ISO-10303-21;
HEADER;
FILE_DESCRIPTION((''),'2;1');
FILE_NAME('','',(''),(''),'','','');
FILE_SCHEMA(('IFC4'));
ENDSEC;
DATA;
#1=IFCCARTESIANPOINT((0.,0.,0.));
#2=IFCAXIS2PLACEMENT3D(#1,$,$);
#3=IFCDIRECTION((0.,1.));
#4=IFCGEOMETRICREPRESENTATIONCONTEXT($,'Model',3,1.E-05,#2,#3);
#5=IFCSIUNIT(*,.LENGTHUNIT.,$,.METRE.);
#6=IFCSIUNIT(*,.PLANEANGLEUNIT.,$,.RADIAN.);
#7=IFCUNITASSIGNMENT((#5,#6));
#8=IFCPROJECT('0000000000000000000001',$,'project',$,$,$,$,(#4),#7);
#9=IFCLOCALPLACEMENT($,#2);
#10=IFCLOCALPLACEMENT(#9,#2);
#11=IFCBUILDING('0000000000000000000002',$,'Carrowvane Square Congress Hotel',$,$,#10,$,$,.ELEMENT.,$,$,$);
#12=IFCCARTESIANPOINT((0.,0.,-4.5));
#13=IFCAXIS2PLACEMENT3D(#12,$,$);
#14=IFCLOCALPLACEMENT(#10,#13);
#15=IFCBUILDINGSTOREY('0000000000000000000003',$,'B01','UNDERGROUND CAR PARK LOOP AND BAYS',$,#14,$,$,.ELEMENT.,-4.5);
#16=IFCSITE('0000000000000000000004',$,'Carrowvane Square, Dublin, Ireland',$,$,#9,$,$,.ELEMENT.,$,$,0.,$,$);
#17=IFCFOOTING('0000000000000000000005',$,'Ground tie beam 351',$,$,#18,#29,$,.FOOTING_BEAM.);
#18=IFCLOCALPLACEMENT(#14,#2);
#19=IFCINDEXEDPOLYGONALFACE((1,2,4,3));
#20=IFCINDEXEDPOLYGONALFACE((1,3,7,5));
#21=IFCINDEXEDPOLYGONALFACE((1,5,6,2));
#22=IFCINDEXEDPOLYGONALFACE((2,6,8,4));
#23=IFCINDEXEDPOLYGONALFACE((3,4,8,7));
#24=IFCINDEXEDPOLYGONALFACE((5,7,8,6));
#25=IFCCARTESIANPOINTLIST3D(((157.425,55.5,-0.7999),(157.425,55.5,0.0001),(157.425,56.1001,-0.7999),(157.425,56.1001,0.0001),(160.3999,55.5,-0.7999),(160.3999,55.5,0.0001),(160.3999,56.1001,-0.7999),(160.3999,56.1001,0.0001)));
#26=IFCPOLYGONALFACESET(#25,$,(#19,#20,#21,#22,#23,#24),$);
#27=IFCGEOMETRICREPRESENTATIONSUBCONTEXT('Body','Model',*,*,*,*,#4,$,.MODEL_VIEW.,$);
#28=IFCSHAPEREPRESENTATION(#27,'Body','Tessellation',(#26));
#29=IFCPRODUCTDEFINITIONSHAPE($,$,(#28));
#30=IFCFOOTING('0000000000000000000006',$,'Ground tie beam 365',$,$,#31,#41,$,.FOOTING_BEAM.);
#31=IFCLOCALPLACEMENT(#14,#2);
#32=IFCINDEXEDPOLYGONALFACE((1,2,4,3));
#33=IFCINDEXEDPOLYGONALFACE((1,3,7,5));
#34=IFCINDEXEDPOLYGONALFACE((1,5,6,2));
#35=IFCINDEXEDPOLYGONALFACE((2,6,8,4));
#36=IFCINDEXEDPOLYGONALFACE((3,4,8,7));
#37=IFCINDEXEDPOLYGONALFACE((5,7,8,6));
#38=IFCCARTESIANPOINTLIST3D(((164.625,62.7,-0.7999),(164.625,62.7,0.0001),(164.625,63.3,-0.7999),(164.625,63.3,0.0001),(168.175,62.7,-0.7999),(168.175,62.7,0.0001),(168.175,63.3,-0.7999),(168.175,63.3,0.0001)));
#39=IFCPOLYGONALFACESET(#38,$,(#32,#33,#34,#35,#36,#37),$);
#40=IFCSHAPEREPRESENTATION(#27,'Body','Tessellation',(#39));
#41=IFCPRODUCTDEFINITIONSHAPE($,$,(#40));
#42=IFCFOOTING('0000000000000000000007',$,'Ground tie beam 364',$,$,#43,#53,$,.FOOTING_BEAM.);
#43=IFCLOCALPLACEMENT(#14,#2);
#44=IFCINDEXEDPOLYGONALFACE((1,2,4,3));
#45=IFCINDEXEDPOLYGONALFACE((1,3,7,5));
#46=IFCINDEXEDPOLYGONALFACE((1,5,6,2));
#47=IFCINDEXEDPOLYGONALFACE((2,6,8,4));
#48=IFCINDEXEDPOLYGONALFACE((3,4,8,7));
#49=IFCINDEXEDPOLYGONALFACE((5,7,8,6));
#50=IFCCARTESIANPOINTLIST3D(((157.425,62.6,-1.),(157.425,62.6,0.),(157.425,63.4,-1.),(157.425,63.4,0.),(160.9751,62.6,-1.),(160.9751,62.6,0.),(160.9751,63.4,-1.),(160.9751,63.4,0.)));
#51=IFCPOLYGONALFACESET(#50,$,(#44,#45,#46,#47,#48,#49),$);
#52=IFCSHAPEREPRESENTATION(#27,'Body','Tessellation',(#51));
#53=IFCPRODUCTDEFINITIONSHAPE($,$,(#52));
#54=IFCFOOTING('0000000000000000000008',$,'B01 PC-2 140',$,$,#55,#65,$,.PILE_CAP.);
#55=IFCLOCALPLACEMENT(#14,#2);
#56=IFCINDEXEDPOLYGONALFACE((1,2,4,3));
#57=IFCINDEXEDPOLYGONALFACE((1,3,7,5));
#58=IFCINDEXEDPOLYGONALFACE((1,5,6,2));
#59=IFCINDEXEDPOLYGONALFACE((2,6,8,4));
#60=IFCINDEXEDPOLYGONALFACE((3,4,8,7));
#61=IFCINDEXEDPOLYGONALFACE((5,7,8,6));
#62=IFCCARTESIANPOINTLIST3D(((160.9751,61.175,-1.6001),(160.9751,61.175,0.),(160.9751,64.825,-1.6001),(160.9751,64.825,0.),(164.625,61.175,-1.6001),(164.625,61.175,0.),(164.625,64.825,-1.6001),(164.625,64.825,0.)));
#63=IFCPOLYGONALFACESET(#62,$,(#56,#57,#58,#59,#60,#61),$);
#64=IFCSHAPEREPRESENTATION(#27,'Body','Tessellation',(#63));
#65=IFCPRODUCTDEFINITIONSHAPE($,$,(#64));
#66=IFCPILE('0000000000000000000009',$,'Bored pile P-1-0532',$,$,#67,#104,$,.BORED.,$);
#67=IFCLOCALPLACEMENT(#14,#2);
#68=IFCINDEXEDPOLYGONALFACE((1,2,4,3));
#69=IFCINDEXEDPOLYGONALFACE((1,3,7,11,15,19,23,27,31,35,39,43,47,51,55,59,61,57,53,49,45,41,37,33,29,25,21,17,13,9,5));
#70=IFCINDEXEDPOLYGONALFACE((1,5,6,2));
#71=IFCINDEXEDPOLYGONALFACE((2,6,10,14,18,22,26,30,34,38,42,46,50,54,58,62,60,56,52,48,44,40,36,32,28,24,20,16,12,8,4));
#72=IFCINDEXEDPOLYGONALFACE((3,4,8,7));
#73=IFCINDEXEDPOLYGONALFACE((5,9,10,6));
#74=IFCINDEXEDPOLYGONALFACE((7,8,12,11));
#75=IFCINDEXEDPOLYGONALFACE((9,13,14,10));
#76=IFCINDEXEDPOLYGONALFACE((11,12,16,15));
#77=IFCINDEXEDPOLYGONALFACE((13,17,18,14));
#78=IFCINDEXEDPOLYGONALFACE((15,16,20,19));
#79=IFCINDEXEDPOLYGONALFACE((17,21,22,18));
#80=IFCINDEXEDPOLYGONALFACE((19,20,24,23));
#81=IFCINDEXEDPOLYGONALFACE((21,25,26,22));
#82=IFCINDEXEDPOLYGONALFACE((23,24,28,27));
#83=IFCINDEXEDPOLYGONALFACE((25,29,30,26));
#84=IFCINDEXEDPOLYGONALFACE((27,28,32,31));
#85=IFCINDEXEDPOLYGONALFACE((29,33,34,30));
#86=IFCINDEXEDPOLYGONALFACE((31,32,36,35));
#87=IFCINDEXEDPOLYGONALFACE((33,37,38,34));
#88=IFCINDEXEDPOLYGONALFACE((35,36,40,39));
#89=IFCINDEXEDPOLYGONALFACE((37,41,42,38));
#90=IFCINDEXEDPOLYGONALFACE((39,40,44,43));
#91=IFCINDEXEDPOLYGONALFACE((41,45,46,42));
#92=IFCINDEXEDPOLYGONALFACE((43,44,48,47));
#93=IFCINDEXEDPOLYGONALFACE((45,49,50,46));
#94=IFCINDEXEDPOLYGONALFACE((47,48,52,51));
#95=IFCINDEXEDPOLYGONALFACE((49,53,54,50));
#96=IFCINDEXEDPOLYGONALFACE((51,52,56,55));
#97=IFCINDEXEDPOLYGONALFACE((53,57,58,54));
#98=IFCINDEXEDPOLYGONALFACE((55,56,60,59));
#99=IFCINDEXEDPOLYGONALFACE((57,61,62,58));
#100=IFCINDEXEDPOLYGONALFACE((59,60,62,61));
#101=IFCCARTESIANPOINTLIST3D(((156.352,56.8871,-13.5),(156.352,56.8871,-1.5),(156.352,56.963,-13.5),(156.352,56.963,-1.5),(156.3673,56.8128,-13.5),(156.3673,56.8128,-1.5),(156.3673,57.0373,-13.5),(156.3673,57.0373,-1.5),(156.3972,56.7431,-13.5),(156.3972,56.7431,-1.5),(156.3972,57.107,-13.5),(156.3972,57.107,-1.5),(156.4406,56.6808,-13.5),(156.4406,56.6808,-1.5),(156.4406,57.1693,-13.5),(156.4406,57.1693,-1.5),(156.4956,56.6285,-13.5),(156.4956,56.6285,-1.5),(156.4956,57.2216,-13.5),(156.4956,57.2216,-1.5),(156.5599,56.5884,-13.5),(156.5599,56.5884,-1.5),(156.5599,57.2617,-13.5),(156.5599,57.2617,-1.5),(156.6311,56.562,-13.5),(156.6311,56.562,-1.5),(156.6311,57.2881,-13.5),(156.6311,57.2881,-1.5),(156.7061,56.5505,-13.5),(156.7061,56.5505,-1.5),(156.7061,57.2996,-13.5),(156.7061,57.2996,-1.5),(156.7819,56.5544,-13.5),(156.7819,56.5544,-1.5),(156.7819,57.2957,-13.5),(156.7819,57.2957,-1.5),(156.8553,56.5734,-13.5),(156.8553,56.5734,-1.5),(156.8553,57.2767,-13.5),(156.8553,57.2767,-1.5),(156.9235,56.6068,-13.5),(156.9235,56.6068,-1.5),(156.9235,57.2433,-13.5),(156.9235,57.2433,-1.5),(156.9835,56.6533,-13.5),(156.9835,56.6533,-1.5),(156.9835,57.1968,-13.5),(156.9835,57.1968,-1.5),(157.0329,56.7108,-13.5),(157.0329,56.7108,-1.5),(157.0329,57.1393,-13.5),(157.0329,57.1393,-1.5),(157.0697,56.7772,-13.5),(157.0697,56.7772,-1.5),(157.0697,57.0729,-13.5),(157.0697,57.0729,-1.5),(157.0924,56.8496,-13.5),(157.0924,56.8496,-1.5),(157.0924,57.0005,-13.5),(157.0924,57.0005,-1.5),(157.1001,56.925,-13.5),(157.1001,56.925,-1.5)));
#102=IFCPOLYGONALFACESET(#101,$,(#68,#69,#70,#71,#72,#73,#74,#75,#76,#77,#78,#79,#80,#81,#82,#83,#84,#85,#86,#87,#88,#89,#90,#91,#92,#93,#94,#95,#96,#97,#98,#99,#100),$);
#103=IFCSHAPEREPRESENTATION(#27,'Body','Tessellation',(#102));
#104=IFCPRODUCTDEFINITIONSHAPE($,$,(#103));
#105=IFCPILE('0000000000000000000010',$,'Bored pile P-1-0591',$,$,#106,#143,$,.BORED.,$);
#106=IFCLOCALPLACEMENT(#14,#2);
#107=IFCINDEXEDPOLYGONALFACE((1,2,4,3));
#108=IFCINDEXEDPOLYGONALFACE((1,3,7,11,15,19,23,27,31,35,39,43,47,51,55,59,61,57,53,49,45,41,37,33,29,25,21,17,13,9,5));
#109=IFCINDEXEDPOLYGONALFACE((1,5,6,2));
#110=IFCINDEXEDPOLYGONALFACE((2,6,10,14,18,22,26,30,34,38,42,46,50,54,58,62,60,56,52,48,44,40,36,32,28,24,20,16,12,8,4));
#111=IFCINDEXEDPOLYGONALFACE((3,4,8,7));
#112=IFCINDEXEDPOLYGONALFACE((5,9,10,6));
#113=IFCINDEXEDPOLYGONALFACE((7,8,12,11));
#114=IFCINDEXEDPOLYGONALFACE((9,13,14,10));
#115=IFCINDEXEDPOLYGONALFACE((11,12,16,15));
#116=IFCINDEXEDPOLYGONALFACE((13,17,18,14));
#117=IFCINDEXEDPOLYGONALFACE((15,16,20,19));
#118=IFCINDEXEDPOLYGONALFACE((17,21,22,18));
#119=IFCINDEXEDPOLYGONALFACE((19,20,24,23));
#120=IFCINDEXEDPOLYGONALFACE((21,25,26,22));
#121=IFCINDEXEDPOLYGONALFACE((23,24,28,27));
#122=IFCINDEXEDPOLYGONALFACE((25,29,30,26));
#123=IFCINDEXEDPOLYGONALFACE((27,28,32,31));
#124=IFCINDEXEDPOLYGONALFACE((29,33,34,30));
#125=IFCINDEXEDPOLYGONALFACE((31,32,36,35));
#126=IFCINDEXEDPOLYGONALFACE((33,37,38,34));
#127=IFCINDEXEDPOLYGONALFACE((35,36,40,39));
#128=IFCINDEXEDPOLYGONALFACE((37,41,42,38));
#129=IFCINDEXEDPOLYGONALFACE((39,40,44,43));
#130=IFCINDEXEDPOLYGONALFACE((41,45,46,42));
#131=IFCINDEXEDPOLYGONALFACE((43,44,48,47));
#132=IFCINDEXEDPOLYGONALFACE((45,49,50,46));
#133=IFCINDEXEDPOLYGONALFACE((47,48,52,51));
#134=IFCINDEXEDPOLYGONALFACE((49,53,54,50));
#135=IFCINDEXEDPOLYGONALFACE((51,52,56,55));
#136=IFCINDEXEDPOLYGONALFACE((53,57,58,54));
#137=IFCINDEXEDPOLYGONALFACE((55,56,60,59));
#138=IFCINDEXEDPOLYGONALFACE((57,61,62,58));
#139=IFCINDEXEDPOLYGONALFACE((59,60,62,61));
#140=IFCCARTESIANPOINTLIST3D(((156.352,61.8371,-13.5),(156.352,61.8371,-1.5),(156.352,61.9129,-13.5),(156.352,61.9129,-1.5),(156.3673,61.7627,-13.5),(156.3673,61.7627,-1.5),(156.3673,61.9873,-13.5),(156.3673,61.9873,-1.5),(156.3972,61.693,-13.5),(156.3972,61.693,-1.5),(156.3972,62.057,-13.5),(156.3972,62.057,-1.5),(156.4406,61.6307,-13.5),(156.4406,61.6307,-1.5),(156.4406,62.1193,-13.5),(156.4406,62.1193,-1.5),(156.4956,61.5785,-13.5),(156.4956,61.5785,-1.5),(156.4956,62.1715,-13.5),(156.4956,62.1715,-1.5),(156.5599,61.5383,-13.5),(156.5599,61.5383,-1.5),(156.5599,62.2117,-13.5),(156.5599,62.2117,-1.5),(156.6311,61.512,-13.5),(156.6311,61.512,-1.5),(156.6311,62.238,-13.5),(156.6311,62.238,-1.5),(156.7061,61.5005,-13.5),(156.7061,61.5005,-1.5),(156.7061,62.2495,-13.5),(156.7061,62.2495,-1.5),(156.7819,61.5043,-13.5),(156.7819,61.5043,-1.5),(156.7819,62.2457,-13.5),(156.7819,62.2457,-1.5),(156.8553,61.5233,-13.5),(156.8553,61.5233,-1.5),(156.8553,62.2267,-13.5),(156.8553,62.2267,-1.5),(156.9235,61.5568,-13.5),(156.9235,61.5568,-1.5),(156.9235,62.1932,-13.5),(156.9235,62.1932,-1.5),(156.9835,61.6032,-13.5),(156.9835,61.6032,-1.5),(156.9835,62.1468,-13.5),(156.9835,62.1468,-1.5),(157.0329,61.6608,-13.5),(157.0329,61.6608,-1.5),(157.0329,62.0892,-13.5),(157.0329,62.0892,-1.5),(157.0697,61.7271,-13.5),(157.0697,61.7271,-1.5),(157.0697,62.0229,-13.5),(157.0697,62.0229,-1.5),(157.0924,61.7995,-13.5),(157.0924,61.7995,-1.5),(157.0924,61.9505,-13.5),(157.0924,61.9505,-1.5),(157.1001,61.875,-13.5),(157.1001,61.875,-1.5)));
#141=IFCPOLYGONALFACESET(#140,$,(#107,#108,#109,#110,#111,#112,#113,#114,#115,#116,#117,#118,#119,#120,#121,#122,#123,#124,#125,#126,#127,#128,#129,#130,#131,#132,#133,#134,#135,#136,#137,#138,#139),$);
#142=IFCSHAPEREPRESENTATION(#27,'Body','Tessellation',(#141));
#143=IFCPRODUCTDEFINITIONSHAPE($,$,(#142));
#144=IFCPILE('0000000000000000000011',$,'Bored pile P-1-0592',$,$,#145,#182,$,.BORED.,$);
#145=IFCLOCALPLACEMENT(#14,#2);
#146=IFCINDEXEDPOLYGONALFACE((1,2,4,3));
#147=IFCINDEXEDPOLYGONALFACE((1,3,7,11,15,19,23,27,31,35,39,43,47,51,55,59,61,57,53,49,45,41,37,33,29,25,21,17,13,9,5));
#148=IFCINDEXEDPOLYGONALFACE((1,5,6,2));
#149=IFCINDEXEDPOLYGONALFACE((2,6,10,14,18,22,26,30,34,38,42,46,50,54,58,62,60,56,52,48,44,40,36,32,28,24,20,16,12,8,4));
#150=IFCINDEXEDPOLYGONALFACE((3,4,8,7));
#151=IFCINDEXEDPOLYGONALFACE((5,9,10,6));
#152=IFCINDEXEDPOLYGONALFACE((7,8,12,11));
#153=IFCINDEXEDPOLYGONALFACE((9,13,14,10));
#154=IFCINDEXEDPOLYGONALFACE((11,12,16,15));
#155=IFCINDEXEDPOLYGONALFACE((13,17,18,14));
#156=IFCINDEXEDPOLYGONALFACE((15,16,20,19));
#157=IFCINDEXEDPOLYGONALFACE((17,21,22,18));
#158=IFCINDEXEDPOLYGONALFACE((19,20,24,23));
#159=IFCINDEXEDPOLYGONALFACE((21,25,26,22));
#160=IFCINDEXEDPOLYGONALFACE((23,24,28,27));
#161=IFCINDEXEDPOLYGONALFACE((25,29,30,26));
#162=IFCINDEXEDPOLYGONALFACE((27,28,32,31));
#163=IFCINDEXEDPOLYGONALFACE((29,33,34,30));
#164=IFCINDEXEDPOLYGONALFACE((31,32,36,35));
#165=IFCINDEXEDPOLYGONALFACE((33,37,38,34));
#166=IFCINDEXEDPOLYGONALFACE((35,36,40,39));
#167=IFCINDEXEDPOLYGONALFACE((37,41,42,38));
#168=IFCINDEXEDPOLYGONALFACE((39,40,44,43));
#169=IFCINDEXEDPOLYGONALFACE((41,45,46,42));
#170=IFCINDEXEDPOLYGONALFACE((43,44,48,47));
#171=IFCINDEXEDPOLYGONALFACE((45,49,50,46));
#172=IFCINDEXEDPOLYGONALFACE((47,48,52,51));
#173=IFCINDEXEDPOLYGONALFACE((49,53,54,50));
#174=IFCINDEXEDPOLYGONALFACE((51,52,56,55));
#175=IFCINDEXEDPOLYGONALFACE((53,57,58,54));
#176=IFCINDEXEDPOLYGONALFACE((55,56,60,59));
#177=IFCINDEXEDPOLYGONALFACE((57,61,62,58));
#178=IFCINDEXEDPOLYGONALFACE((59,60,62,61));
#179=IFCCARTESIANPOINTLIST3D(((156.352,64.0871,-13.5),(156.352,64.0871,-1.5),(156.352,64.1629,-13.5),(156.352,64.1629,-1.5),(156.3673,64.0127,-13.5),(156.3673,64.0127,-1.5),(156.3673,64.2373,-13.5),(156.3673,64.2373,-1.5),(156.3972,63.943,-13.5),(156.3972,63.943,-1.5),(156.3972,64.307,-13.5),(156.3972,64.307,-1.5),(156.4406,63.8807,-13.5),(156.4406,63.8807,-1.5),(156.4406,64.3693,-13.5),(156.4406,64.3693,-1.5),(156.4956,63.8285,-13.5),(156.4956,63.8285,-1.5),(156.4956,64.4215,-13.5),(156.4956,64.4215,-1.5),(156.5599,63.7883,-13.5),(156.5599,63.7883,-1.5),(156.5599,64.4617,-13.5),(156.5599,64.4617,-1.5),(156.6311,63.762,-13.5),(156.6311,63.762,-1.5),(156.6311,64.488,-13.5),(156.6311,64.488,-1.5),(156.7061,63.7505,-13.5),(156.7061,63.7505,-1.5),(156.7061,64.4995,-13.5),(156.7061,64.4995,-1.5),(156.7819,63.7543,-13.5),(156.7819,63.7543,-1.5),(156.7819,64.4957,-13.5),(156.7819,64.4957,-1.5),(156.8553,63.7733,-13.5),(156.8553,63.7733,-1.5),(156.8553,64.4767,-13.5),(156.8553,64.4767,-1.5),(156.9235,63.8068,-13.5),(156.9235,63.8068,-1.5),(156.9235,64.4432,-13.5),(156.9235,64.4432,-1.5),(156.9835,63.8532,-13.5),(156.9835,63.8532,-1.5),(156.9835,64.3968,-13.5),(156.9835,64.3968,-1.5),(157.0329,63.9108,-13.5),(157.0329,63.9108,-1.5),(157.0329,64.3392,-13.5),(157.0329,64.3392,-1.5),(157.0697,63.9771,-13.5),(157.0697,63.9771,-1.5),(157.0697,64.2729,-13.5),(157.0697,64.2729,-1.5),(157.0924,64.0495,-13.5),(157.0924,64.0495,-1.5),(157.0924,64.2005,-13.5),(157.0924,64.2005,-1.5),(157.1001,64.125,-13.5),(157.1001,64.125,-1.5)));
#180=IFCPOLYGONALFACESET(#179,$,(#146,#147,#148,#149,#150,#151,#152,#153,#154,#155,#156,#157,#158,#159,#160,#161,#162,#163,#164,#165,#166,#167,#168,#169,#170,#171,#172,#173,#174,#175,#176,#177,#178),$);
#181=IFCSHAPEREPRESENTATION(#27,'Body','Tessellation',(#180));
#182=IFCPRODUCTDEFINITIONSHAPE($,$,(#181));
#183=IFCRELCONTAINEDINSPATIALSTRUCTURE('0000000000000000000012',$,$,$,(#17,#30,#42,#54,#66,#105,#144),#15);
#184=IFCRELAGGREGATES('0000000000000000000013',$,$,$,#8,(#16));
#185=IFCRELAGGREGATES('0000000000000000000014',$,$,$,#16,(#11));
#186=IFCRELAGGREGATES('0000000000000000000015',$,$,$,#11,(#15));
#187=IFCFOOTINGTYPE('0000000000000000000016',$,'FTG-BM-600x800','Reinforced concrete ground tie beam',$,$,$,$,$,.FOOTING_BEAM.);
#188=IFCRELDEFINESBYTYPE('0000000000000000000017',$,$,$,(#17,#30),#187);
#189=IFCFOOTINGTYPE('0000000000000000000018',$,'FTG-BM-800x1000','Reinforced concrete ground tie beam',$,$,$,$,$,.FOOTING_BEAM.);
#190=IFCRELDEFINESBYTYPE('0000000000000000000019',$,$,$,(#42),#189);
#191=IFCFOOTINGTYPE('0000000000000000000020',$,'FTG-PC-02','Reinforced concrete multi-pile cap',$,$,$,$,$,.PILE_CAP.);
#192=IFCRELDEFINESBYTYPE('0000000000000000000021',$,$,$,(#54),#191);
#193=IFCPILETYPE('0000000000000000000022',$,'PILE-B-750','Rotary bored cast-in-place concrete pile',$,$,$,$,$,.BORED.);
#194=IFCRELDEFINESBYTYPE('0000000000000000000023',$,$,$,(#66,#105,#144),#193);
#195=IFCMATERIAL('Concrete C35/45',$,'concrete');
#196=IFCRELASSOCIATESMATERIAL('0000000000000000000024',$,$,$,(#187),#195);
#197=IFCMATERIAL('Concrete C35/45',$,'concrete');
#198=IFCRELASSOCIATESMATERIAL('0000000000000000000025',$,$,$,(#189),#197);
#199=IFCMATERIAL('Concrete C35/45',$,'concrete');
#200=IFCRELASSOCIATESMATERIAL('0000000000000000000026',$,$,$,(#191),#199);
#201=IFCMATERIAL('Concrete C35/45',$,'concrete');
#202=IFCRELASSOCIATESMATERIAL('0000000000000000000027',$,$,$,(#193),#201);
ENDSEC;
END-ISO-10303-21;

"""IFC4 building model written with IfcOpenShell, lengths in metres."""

from ifc_helpers import new_model, si_unit, direction, frame, origin, origin_2d, place, context, subcontext, project, spatial, rectangle, circle, extrude, material, material_profile, profile_set, type_object, element, save


model = new_model("IFC4")

# Units and contexts
model_context = context("Model", 3, precision=1e-05, world=origin(), true_north=direction((0.0, 1.0)))
body_context = subcontext(model_context, "Body", "Model", "MODEL_VIEW")
ifc_project = project(units=[si_unit("LENGTHUNIT", "METRE"), si_unit("PLANEANGLEUNIT", "RADIAN")], contexts=[model_context])

# Site, building, storey
site_placement = place(None, origin())
site = spatial("IfcSite", under=ifc_project, at=site_placement, Name="Carrowvane Square, Dublin, Ireland", CompositionType="ELEMENT", RefElevation=0.0)
building_placement = place(site_placement, origin())
building = spatial("IfcBuilding", under=site, at=building_placement, Name="Carrowvane Square Congress Hotel", CompositionType="ELEMENT")
storey_placement = place(building_placement, frame((0.0, 0.0, -4.5)))
storey = spatial("IfcBuildingStorey", under=building, at=storey_placement, Name="B01", Description="UNDERGROUND CAR PARK LOOP AND BAYS", CompositionType="ELEMENT", Elevation=-4.5)

# Footings
ifc_material_1 = material(Name="Concrete C35/45", Category="concrete")
ifc_material_profile_1 = material_profile(ifc_material_1, rectangle(XDim=0.6001, YDim=0.8, at=origin_2d()), Name="RC 600x800")
ifc_profile_set_1 = profile_set([ifc_material_profile_1], Name="Concrete C35/45")
footing_type_1 = type_object("IfcFootingType", Name="FTG-BM-600x800", Description="Reinforced concrete ground tie beam", PredefinedType="FOOTING_BEAM", material=ifc_profile_set_1)
footing_1_placement = place(storey_placement, frame((157.425, 55.8, -0.3999), z_axis=(1.0, 0.0, 0.0), x_axis=(0.0, 1.0, 0.0)))
element("IfcFooting", 1, at=footing_1_placement, inside=storey, type_object=footing_type_1, Name="Ground tie beam 351", PredefinedType="FOOTING_BEAM", context=body_context, shape_type="SweptSolid", body=[
    extrude(rectangle(XDim=0.6001, YDim=0.8, at=origin_2d()), origin(), (0.0, 0.0, 1.0), 2.9749),
])
footing_2_placement = place(storey_placement, frame((164.625, 63.0, -0.3999), z_axis=(1.0, 0.0, 0.0), x_axis=(0.0, 1.0, 0.0)))
element("IfcFooting", 2, at=footing_2_placement, inside=storey, type_object=footing_type_1, Name="Ground tie beam 365", PredefinedType="FOOTING_BEAM", context=body_context, shape_type="SweptSolid", body=[
    extrude(rectangle(XDim=0.6001, YDim=0.8, at=origin_2d()), origin(), (0.0, 0.0, 1.0), 3.55),
])
ifc_material_2 = material(Name="Concrete C35/45", Category="concrete")
ifc_material_profile_2 = material_profile(ifc_material_2, rectangle(XDim=0.8, YDim=1.0, at=origin_2d()), Name="RC 800x1000")
ifc_profile_set_2 = profile_set([ifc_material_profile_2], Name="Concrete C35/45")
footing_type_2 = type_object("IfcFootingType", Name="FTG-BM-800x1000", Description="Reinforced concrete ground tie beam", PredefinedType="FOOTING_BEAM", material=ifc_profile_set_2)
footing_3_placement = place(storey_placement, frame((157.425, 63.0, -0.5), z_axis=(1.0, 0.0, 0.0), x_axis=(0.0, 1.0, 0.0)))
element("IfcFooting", 3, at=footing_3_placement, inside=storey, type_object=footing_type_2, Name="Ground tie beam 364", PredefinedType="FOOTING_BEAM", context=body_context, shape_type="SweptSolid", body=[
    extrude(rectangle(XDim=0.8, YDim=1.0, at=origin_2d()), origin(), (0.0, 0.0, 1.0), 3.55),
])
ifc_material_3 = material(Name="Concrete C35/45", Category="concrete")
footing_type_3 = type_object("IfcFootingType", Name="FTG-PC-02", Description="Reinforced concrete multi-pile cap", PredefinedType="PILE_CAP", material=ifc_material_3)
footing_4_placement = place(storey_placement, frame((162.8, 63.0, -1.6001), z_axis=(0.0, 0.0, 1.0), x_axis=(1.0, 0.0, 0.0)))
element("IfcFooting", 4, at=footing_4_placement, inside=storey, type_object=footing_type_3, Name="B01 PC-2 140", PredefinedType="PILE_CAP", context=body_context, shape_type="SweptSolid", body=[
    extrude(rectangle(XDim=3.6499, YDim=3.6499, at=origin_2d()), origin(), (0.0, 0.0, 1.0), 1.6001),
])

# Piles
ifc_material_4 = material(Name="Concrete C35/45", Category="concrete")
ifc_material_profile_3 = material_profile(ifc_material_4, circle(Radius=0.375, at=origin_2d()), Name="PILE D750")
ifc_profile_set_3 = profile_set([ifc_material_profile_3], Name="Concrete C35/45")
pile_type_1 = type_object("IfcPileType", Name="PILE-B-750", Description="Rotary bored cast-in-place concrete pile", PredefinedType="BORED", material=ifc_profile_set_3)
for number, where, z_axis, x_axis, name in (
    (5, (156.7251, 56.925, -1.5), (0.0, 0.0, -1.0), (1.0, 0.0, 0.0), "Bored pile P-1-0532"),
    (6, (156.7251, 61.875, -1.5), (0.0, 0.0, -1.0), (1.0, 0.0, 0.0), "Bored pile P-1-0591"),
    (7, (156.7251, 64.125, -1.5), (0.0, 0.0, -1.0), (1.0, 0.0, 0.0), "Bored pile P-1-0592"),
):
    element("IfcPile", number, at=place(storey_placement, frame(where, z_axis=z_axis, x_axis=x_axis)), inside=storey, type_object=pile_type_1, Name=name, PredefinedType="BORED", context=body_context, shape_type="SweptSolid", body=[
        extrude(circle(Radius=0.375, at=origin_2d()), origin(), (0.0, 0.0, 1.0), 12.0),
    ])

save(model, "model.ifc")
